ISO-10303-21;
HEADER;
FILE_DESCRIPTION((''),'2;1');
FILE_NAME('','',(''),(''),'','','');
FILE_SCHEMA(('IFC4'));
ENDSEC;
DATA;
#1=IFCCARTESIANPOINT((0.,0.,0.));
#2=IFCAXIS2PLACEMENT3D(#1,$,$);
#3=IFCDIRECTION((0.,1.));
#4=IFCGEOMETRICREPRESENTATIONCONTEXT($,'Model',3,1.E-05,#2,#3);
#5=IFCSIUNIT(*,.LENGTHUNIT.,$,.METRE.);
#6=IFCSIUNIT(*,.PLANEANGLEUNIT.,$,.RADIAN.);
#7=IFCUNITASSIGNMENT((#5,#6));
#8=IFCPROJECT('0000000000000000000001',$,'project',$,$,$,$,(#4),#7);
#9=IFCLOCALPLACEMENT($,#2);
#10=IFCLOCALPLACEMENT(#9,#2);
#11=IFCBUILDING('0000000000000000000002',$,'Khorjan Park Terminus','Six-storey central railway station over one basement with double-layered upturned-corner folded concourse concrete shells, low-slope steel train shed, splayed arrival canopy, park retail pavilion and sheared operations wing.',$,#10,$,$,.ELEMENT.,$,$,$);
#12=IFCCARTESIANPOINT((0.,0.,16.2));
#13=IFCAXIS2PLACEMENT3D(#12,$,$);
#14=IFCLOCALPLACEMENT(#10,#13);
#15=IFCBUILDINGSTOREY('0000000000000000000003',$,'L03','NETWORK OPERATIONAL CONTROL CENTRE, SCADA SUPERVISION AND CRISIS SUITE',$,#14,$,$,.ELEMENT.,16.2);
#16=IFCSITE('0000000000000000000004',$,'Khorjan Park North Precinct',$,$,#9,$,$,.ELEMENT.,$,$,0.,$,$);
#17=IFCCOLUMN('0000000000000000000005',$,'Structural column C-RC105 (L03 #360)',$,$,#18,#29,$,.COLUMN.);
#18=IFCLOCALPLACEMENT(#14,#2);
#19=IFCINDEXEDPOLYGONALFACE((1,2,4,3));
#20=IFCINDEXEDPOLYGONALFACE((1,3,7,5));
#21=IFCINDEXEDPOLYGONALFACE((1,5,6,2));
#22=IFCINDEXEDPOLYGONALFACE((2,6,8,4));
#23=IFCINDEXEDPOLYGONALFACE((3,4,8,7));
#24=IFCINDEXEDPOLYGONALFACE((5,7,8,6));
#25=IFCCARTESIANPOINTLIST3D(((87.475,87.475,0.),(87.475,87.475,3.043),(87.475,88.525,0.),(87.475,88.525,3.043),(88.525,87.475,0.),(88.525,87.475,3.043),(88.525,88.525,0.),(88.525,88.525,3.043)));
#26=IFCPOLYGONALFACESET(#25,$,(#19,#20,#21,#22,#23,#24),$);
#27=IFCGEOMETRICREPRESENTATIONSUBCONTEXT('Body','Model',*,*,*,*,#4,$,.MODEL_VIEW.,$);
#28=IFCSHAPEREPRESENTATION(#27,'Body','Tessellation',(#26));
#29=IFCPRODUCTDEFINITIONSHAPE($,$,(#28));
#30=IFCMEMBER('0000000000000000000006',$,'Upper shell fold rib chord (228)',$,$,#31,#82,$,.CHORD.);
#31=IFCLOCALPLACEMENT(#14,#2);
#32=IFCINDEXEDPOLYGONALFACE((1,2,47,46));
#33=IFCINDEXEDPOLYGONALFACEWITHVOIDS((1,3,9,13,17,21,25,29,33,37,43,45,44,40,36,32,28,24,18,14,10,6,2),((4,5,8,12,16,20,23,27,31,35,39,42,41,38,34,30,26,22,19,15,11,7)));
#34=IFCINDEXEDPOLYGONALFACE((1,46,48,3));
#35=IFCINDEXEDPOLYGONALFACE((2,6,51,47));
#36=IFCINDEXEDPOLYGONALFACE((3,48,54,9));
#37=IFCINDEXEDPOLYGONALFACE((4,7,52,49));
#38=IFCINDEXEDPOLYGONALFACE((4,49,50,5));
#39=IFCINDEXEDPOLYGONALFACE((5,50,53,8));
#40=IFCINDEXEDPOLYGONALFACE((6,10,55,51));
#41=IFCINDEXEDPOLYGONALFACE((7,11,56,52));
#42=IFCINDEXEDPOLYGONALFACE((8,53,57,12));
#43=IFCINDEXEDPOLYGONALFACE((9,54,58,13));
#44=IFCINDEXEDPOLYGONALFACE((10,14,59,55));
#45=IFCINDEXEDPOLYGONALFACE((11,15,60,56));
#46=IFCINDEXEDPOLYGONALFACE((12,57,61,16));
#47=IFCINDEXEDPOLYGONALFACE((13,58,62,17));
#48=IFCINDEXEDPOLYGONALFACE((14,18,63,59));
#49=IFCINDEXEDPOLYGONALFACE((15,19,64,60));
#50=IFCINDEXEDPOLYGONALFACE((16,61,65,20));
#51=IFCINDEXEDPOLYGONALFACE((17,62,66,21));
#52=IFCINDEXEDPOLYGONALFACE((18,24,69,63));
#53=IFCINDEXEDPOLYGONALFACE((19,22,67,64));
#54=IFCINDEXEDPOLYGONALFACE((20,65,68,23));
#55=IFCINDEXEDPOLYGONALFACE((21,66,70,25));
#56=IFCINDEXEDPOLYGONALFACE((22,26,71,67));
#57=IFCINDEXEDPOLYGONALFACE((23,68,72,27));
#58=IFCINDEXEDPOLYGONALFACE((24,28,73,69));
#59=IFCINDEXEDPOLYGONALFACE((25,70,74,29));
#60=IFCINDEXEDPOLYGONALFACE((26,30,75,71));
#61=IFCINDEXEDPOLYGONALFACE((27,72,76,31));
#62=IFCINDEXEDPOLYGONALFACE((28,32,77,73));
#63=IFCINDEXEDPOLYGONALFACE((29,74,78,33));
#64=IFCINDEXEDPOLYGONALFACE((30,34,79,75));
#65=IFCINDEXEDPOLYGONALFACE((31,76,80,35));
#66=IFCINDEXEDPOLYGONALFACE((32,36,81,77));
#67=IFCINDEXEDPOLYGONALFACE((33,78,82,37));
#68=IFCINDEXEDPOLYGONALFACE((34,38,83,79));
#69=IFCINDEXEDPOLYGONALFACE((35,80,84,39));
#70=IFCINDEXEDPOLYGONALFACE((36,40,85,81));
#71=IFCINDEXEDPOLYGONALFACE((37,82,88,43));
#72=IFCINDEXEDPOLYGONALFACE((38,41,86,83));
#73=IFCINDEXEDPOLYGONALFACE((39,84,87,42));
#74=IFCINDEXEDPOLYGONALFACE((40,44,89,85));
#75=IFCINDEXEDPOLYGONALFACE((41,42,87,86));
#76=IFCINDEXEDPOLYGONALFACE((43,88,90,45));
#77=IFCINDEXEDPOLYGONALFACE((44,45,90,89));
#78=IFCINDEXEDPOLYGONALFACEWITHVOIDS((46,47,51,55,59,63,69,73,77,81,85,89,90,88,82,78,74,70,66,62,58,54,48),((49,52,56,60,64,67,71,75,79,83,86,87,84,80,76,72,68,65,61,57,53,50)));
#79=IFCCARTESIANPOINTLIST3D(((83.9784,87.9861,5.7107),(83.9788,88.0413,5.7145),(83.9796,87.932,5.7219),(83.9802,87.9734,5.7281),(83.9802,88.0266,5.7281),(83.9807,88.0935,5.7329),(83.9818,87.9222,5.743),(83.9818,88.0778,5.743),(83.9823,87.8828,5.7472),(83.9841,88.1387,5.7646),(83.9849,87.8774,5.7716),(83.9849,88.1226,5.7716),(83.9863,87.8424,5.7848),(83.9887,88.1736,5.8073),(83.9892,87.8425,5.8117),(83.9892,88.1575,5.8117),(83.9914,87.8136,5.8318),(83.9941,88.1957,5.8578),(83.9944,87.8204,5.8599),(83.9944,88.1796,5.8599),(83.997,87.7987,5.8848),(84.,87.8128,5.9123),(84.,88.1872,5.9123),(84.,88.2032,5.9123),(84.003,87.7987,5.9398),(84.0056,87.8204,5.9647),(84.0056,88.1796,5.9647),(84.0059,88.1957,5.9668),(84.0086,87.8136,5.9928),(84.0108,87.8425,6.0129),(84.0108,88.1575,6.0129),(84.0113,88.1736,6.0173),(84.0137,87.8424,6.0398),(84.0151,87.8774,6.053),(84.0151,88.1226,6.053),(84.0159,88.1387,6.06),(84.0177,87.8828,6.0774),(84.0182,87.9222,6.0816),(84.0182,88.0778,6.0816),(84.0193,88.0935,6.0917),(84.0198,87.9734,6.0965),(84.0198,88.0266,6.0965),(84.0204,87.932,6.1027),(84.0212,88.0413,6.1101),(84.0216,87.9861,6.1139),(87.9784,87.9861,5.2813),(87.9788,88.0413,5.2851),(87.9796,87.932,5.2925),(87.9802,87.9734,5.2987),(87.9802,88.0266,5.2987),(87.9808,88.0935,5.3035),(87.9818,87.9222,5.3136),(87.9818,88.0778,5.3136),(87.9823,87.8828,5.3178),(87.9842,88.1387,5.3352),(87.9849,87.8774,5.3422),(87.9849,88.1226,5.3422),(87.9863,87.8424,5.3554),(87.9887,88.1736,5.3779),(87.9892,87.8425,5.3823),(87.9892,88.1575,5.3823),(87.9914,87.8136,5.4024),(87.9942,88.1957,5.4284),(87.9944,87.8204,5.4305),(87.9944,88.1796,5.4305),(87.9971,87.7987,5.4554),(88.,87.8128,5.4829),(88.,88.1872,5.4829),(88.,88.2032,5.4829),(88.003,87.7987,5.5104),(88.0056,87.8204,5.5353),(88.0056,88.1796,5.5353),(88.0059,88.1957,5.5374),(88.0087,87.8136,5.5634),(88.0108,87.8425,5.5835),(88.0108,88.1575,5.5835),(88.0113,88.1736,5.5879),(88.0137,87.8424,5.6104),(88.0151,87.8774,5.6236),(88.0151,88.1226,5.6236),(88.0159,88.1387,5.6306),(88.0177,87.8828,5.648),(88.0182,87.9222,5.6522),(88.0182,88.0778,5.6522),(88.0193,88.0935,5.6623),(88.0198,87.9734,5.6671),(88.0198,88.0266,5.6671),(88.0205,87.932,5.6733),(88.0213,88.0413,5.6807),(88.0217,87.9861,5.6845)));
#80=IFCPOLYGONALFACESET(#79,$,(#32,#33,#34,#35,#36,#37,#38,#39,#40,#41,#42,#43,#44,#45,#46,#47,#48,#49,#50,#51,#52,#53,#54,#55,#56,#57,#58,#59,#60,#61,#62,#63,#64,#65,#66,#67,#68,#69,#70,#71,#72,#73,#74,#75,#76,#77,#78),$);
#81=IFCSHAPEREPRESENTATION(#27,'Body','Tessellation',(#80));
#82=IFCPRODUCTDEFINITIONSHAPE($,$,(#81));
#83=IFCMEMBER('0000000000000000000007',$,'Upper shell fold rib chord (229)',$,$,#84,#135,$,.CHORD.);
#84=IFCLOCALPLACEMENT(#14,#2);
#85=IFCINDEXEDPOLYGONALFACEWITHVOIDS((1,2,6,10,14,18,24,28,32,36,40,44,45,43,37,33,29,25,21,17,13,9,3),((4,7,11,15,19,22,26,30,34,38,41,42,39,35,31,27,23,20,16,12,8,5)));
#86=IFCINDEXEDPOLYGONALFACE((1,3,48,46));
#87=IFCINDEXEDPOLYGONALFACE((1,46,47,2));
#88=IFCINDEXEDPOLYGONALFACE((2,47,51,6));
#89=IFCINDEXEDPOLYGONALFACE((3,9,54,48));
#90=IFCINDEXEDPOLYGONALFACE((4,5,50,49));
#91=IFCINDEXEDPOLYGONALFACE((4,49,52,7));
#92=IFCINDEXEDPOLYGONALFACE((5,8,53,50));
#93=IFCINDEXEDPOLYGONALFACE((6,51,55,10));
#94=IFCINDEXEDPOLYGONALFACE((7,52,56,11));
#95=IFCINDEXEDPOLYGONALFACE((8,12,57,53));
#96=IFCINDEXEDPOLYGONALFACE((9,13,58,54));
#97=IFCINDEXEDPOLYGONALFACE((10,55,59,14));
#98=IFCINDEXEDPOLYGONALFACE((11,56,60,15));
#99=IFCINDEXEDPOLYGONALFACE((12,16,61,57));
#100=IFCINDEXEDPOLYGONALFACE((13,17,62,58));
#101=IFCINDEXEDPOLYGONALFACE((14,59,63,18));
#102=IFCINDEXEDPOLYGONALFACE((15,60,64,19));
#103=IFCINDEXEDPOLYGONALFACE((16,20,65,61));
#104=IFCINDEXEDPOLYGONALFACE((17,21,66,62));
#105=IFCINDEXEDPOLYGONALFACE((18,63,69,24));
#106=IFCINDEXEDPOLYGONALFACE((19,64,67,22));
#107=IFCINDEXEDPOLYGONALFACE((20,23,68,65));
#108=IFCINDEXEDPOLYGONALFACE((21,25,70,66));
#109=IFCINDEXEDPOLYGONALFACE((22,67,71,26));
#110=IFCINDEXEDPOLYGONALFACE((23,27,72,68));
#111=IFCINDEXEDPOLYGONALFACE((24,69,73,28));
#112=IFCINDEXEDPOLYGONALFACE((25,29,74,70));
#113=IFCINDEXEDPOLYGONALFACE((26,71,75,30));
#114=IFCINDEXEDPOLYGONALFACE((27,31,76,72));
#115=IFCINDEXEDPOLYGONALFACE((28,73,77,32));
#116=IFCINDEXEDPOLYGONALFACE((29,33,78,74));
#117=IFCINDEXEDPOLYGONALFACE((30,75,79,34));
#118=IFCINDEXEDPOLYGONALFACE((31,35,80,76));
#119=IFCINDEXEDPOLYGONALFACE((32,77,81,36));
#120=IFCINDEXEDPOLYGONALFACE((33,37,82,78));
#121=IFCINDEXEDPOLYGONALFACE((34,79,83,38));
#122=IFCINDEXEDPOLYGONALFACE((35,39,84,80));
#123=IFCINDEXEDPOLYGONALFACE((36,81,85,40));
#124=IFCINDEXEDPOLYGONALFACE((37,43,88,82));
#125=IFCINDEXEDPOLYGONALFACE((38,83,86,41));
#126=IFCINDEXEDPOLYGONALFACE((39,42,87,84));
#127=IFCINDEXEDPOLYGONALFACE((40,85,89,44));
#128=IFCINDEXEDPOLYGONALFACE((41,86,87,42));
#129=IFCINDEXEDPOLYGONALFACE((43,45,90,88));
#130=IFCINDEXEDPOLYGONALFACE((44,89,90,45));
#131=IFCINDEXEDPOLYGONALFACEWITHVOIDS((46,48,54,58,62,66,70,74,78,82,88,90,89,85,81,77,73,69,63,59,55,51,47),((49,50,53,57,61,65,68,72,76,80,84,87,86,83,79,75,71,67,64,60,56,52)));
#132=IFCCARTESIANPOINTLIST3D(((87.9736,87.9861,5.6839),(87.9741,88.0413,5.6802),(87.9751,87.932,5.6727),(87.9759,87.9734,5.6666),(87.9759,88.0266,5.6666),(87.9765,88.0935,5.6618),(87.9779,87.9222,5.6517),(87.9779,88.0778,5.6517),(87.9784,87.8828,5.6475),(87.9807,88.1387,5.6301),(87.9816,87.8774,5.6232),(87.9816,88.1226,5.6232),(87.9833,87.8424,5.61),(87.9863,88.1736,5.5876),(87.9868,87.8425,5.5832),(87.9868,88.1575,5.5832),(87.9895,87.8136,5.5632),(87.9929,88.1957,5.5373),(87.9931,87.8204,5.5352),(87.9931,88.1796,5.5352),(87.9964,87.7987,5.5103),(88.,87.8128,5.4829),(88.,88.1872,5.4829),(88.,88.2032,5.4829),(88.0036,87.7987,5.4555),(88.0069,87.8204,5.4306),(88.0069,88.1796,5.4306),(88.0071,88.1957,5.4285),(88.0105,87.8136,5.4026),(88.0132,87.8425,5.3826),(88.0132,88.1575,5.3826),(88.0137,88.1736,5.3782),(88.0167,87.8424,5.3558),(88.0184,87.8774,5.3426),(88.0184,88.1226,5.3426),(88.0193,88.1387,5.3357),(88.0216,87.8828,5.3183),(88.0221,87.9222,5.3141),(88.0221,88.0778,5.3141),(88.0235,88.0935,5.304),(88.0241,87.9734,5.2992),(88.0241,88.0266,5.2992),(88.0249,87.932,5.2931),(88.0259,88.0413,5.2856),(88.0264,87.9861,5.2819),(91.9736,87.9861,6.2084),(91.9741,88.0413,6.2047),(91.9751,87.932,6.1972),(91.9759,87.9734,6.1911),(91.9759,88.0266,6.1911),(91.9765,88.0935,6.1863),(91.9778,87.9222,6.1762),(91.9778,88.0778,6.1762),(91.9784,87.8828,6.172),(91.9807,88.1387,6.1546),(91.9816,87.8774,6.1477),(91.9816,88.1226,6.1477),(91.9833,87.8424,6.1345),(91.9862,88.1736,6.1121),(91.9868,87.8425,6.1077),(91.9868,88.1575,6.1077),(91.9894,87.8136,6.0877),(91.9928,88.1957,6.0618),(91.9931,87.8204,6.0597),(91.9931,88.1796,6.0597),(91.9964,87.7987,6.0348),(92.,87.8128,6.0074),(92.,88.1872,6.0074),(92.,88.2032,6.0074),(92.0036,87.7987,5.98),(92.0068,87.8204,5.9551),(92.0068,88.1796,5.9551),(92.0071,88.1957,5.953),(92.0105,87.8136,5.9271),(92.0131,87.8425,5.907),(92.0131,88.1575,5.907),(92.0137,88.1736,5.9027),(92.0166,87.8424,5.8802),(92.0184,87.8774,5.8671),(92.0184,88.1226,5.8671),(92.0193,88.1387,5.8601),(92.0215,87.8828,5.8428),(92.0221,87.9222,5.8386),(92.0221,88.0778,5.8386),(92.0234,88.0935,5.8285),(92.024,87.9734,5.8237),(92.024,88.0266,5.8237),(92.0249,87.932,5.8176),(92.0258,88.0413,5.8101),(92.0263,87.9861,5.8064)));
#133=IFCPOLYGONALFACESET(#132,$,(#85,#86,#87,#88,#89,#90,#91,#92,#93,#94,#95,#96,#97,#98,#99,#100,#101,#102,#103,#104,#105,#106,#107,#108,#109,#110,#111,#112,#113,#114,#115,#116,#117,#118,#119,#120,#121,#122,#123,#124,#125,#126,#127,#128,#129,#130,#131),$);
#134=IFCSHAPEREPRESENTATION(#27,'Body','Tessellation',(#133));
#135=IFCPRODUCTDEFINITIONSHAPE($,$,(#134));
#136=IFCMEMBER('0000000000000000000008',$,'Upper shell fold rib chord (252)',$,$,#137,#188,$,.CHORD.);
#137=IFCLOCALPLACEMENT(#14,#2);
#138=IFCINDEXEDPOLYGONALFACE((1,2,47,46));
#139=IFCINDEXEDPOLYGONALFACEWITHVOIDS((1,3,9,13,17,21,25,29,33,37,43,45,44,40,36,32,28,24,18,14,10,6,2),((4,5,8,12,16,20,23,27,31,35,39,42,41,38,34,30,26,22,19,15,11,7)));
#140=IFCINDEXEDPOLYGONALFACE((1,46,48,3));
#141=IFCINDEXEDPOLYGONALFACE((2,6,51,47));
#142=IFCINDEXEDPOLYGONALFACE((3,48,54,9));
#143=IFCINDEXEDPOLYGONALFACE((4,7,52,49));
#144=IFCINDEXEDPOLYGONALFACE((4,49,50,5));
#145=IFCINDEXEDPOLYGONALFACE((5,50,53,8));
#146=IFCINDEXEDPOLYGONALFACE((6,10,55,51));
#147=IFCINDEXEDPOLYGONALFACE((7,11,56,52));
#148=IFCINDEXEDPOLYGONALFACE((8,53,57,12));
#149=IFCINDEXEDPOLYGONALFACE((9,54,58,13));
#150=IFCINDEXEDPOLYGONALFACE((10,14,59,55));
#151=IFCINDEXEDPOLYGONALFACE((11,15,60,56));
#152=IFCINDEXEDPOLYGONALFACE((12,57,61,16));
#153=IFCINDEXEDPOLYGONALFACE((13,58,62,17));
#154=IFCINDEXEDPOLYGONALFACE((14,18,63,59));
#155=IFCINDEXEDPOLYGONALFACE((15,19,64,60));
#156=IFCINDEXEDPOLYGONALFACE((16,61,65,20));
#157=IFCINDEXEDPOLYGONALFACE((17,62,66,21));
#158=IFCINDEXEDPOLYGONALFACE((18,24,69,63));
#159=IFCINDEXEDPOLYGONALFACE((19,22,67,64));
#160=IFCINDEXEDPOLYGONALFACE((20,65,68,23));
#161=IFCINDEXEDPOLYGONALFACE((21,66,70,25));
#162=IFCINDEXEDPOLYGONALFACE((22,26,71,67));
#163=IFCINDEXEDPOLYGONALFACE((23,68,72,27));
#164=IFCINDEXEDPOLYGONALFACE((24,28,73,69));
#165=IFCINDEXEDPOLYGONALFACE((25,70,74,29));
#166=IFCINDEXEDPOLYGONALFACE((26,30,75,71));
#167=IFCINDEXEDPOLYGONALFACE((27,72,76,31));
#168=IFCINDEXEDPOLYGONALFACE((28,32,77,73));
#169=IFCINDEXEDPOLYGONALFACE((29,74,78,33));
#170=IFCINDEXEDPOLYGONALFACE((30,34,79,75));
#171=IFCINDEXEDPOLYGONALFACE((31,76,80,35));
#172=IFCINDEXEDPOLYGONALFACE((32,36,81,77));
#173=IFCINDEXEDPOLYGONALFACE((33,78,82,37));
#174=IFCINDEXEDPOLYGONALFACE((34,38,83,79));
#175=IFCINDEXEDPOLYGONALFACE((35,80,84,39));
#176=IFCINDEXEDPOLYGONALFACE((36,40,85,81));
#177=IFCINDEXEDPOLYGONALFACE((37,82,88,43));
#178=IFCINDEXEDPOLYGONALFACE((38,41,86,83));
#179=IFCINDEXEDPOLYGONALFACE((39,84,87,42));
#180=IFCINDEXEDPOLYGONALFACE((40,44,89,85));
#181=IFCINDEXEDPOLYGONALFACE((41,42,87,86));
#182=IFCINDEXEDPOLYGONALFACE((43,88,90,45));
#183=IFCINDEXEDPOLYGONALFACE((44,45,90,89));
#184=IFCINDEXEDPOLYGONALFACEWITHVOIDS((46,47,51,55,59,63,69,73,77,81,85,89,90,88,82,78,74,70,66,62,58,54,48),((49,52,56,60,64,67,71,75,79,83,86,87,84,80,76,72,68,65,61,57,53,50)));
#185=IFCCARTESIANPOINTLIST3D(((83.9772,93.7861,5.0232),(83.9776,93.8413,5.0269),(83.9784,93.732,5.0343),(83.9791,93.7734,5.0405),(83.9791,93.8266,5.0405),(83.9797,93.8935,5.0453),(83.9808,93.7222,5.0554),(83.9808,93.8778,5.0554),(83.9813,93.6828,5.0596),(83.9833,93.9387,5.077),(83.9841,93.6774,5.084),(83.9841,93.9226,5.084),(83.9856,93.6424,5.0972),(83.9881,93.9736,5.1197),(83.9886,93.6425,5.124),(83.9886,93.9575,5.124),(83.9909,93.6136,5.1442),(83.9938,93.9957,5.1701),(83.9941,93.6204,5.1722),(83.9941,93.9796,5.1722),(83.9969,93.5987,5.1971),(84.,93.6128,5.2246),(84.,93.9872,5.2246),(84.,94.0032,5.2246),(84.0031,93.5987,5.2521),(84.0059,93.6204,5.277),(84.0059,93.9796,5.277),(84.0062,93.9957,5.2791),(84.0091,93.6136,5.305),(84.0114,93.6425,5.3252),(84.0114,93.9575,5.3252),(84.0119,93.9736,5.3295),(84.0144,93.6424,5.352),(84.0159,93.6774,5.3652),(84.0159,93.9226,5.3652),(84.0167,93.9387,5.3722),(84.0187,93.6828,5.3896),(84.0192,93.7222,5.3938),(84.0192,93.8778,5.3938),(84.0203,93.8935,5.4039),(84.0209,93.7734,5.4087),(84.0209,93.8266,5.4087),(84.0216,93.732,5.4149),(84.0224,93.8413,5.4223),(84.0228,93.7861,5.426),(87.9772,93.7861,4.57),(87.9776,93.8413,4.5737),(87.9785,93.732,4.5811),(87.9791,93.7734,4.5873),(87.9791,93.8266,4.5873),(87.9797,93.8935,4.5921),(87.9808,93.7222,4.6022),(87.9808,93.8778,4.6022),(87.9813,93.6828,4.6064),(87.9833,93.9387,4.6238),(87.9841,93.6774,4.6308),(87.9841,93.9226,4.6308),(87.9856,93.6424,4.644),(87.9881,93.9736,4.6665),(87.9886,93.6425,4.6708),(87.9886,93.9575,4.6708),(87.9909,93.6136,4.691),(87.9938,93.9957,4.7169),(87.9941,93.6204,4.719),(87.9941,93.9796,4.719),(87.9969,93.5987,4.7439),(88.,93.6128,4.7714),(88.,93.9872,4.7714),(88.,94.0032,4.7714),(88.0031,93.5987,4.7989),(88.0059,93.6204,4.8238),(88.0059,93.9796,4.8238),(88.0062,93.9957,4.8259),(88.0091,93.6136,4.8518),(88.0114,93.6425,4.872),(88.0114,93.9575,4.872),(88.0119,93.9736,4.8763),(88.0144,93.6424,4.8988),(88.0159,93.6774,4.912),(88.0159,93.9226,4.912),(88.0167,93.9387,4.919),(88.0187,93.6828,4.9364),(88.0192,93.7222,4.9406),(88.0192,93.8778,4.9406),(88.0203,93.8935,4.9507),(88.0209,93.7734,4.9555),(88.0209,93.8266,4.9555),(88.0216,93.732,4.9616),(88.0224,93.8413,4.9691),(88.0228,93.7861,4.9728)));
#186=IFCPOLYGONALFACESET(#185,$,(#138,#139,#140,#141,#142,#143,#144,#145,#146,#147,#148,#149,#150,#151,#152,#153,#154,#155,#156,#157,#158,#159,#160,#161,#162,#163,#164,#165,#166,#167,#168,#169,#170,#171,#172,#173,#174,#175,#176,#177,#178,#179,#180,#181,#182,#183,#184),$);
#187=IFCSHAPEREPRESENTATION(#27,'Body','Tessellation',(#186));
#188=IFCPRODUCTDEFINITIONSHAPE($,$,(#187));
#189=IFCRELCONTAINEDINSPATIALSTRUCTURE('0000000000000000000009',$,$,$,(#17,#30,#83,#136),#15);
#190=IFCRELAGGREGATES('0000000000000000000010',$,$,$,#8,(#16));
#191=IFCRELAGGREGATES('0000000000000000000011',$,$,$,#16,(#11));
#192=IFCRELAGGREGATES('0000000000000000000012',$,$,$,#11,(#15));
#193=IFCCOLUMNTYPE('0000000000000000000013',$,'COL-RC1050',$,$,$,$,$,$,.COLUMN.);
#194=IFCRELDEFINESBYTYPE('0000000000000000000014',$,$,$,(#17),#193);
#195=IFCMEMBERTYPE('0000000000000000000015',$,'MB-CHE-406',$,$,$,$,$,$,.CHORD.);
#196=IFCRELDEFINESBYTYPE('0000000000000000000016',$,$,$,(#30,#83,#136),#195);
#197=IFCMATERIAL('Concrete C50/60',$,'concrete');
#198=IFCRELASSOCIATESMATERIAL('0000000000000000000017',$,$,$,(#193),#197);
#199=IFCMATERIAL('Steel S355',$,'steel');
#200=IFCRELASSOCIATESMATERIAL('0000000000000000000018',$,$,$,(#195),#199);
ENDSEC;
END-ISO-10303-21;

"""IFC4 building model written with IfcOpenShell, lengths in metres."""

from ifc_helpers import new_model, si_unit, direction, frame, origin, origin_2d, place, context, subcontext, project, spatial, rectangle, hollow_circle, extrude, material, material_profile, profile_set, type_object, element, save


model = new_model("IFC4")

# Units and contexts
model_context = context("Model", 3, precision=1e-05, world=origin(), true_north=direction((0.0, 1.0)))
body_context = subcontext(model_context, "Body", "Model", "MODEL_VIEW")
ifc_project = project(units=[si_unit("LENGTHUNIT", "METRE"), si_unit("PLANEANGLEUNIT", "RADIAN")], contexts=[model_context])

# Site, building, storey
site_placement = place(None, origin())
site = spatial("IfcSite", under=ifc_project, at=site_placement, Name="Khorjan Park North Precinct", CompositionType="ELEMENT", RefElevation=0.0)
building_placement = place(site_placement, origin())
building = spatial("IfcBuilding", under=site, at=building_placement, Name="Khorjan Park Terminus", Description="Six-storey central railway station over one basement with double-layered upturned-corner folded concourse concrete shells, low-slope steel train shed, splayed arrival canopy, park retail pavilion and sheared operations wing.", CompositionType="ELEMENT")
storey_placement = place(building_placement, frame((0.0, 0.0, 16.2)))
storey = spatial("IfcBuildingStorey", under=building, at=storey_placement, Name="L03", Description="NETWORK OPERATIONAL CONTROL CENTRE, SCADA SUPERVISION AND CRISIS SUITE", CompositionType="ELEMENT", Elevation=16.2)

# Column
ifc_material_1 = material(Name="Concrete C50/60", Category="concrete")
ifc_material_profile_1 = material_profile(ifc_material_1, rectangle(XDim=1.05, YDim=1.05, at=origin_2d()), Name="RC 1050x1050")
ifc_profile_set_1 = profile_set([ifc_material_profile_1], Name="Concrete C50/60")
column_type = type_object("IfcColumnType", Name="COL-RC1050", PredefinedType="COLUMN", material=ifc_profile_set_1)
column_placement = place(storey_placement, frame((88.0, 88.0, 0.0), z_axis=(0.0, 0.0, 1.0), x_axis=(1.0, 0.0, 0.0)))
element("IfcColumn", 1, at=column_placement, inside=storey, type_object=column_type, Name="Structural column C-RC105 (L03 #360)", PredefinedType="COLUMN", context=body_context, shape_type="SweptSolid", body=[
    extrude(rectangle(XDim=1.05, YDim=1.05, at=origin_2d()), origin(), (0.0, 0.0, 1.0), 3.043),
])

# Members
ifc_material_2 = material(Name="Steel S355", Category="steel")
ifc_material_profile_2 = material_profile(ifc_material_2, hollow_circle(Radius=0.2032, WallThickness=0.016, at=origin_2d()), Name="CHS 406.4x16")
ifc_profile_set_2 = profile_set([ifc_material_profile_2], Name="Steel S355")
member_type_1 = type_object("IfcMemberType", Name="MB-CHE-406", PredefinedType="CHORD", material=ifc_profile_set_2)
member_1_placement = place(storey_placement, frame((84.0, 88.0, 5.9123), z_axis=(0.994287, 0.0, -0.106737), x_axis=(0.0, 1.0, 0.0)))
element("IfcMember", 2, at=member_1_placement, inside=storey, type_object=member_type_1, Name="Upper shell fold rib chord (228)", PredefinedType="CHORD", context=body_context, shape_type="SweptSolid", body=[
    extrude(hollow_circle(Radius=0.2032, WallThickness=0.016, at=origin_2d()), origin(), (0.0, 0.0, 1.0), 4.023),
])
member_2_placement = place(storey_placement, frame((88.0, 88.0, 5.4829), z_axis=(0.991512, 0.0, 0.130012), x_axis=(0.0, 1.0, 0.0)))
element("IfcMember", 3, at=member_2_placement, inside=storey, type_object=member_type_1, Name="Upper shell fold rib chord (229)", PredefinedType="CHORD", context=body_context, shape_type="SweptSolid", body=[
    extrude(hollow_circle(Radius=0.2032, WallThickness=0.016, at=origin_2d()), origin(), (0.0, 0.0, 1.0), 4.0342),
])
member_3_placement = place(storey_placement, frame((84.0, 93.8, 5.2246), z_axis=(0.993643, 0.0, -0.11258), x_axis=(0.0, 1.0, 0.0)))
element("IfcMember", 4, at=member_3_placement, inside=storey, type_object=member_type_1, Name="Upper shell fold rib chord (252)", PredefinedType="CHORD", context=body_context, shape_type="SweptSolid", body=[
    extrude(hollow_circle(Radius=0.2032, WallThickness=0.016, at=origin_2d()), origin(), (0.0, 0.0, 1.0), 4.0256),
])

save(model, "model.ifc")
